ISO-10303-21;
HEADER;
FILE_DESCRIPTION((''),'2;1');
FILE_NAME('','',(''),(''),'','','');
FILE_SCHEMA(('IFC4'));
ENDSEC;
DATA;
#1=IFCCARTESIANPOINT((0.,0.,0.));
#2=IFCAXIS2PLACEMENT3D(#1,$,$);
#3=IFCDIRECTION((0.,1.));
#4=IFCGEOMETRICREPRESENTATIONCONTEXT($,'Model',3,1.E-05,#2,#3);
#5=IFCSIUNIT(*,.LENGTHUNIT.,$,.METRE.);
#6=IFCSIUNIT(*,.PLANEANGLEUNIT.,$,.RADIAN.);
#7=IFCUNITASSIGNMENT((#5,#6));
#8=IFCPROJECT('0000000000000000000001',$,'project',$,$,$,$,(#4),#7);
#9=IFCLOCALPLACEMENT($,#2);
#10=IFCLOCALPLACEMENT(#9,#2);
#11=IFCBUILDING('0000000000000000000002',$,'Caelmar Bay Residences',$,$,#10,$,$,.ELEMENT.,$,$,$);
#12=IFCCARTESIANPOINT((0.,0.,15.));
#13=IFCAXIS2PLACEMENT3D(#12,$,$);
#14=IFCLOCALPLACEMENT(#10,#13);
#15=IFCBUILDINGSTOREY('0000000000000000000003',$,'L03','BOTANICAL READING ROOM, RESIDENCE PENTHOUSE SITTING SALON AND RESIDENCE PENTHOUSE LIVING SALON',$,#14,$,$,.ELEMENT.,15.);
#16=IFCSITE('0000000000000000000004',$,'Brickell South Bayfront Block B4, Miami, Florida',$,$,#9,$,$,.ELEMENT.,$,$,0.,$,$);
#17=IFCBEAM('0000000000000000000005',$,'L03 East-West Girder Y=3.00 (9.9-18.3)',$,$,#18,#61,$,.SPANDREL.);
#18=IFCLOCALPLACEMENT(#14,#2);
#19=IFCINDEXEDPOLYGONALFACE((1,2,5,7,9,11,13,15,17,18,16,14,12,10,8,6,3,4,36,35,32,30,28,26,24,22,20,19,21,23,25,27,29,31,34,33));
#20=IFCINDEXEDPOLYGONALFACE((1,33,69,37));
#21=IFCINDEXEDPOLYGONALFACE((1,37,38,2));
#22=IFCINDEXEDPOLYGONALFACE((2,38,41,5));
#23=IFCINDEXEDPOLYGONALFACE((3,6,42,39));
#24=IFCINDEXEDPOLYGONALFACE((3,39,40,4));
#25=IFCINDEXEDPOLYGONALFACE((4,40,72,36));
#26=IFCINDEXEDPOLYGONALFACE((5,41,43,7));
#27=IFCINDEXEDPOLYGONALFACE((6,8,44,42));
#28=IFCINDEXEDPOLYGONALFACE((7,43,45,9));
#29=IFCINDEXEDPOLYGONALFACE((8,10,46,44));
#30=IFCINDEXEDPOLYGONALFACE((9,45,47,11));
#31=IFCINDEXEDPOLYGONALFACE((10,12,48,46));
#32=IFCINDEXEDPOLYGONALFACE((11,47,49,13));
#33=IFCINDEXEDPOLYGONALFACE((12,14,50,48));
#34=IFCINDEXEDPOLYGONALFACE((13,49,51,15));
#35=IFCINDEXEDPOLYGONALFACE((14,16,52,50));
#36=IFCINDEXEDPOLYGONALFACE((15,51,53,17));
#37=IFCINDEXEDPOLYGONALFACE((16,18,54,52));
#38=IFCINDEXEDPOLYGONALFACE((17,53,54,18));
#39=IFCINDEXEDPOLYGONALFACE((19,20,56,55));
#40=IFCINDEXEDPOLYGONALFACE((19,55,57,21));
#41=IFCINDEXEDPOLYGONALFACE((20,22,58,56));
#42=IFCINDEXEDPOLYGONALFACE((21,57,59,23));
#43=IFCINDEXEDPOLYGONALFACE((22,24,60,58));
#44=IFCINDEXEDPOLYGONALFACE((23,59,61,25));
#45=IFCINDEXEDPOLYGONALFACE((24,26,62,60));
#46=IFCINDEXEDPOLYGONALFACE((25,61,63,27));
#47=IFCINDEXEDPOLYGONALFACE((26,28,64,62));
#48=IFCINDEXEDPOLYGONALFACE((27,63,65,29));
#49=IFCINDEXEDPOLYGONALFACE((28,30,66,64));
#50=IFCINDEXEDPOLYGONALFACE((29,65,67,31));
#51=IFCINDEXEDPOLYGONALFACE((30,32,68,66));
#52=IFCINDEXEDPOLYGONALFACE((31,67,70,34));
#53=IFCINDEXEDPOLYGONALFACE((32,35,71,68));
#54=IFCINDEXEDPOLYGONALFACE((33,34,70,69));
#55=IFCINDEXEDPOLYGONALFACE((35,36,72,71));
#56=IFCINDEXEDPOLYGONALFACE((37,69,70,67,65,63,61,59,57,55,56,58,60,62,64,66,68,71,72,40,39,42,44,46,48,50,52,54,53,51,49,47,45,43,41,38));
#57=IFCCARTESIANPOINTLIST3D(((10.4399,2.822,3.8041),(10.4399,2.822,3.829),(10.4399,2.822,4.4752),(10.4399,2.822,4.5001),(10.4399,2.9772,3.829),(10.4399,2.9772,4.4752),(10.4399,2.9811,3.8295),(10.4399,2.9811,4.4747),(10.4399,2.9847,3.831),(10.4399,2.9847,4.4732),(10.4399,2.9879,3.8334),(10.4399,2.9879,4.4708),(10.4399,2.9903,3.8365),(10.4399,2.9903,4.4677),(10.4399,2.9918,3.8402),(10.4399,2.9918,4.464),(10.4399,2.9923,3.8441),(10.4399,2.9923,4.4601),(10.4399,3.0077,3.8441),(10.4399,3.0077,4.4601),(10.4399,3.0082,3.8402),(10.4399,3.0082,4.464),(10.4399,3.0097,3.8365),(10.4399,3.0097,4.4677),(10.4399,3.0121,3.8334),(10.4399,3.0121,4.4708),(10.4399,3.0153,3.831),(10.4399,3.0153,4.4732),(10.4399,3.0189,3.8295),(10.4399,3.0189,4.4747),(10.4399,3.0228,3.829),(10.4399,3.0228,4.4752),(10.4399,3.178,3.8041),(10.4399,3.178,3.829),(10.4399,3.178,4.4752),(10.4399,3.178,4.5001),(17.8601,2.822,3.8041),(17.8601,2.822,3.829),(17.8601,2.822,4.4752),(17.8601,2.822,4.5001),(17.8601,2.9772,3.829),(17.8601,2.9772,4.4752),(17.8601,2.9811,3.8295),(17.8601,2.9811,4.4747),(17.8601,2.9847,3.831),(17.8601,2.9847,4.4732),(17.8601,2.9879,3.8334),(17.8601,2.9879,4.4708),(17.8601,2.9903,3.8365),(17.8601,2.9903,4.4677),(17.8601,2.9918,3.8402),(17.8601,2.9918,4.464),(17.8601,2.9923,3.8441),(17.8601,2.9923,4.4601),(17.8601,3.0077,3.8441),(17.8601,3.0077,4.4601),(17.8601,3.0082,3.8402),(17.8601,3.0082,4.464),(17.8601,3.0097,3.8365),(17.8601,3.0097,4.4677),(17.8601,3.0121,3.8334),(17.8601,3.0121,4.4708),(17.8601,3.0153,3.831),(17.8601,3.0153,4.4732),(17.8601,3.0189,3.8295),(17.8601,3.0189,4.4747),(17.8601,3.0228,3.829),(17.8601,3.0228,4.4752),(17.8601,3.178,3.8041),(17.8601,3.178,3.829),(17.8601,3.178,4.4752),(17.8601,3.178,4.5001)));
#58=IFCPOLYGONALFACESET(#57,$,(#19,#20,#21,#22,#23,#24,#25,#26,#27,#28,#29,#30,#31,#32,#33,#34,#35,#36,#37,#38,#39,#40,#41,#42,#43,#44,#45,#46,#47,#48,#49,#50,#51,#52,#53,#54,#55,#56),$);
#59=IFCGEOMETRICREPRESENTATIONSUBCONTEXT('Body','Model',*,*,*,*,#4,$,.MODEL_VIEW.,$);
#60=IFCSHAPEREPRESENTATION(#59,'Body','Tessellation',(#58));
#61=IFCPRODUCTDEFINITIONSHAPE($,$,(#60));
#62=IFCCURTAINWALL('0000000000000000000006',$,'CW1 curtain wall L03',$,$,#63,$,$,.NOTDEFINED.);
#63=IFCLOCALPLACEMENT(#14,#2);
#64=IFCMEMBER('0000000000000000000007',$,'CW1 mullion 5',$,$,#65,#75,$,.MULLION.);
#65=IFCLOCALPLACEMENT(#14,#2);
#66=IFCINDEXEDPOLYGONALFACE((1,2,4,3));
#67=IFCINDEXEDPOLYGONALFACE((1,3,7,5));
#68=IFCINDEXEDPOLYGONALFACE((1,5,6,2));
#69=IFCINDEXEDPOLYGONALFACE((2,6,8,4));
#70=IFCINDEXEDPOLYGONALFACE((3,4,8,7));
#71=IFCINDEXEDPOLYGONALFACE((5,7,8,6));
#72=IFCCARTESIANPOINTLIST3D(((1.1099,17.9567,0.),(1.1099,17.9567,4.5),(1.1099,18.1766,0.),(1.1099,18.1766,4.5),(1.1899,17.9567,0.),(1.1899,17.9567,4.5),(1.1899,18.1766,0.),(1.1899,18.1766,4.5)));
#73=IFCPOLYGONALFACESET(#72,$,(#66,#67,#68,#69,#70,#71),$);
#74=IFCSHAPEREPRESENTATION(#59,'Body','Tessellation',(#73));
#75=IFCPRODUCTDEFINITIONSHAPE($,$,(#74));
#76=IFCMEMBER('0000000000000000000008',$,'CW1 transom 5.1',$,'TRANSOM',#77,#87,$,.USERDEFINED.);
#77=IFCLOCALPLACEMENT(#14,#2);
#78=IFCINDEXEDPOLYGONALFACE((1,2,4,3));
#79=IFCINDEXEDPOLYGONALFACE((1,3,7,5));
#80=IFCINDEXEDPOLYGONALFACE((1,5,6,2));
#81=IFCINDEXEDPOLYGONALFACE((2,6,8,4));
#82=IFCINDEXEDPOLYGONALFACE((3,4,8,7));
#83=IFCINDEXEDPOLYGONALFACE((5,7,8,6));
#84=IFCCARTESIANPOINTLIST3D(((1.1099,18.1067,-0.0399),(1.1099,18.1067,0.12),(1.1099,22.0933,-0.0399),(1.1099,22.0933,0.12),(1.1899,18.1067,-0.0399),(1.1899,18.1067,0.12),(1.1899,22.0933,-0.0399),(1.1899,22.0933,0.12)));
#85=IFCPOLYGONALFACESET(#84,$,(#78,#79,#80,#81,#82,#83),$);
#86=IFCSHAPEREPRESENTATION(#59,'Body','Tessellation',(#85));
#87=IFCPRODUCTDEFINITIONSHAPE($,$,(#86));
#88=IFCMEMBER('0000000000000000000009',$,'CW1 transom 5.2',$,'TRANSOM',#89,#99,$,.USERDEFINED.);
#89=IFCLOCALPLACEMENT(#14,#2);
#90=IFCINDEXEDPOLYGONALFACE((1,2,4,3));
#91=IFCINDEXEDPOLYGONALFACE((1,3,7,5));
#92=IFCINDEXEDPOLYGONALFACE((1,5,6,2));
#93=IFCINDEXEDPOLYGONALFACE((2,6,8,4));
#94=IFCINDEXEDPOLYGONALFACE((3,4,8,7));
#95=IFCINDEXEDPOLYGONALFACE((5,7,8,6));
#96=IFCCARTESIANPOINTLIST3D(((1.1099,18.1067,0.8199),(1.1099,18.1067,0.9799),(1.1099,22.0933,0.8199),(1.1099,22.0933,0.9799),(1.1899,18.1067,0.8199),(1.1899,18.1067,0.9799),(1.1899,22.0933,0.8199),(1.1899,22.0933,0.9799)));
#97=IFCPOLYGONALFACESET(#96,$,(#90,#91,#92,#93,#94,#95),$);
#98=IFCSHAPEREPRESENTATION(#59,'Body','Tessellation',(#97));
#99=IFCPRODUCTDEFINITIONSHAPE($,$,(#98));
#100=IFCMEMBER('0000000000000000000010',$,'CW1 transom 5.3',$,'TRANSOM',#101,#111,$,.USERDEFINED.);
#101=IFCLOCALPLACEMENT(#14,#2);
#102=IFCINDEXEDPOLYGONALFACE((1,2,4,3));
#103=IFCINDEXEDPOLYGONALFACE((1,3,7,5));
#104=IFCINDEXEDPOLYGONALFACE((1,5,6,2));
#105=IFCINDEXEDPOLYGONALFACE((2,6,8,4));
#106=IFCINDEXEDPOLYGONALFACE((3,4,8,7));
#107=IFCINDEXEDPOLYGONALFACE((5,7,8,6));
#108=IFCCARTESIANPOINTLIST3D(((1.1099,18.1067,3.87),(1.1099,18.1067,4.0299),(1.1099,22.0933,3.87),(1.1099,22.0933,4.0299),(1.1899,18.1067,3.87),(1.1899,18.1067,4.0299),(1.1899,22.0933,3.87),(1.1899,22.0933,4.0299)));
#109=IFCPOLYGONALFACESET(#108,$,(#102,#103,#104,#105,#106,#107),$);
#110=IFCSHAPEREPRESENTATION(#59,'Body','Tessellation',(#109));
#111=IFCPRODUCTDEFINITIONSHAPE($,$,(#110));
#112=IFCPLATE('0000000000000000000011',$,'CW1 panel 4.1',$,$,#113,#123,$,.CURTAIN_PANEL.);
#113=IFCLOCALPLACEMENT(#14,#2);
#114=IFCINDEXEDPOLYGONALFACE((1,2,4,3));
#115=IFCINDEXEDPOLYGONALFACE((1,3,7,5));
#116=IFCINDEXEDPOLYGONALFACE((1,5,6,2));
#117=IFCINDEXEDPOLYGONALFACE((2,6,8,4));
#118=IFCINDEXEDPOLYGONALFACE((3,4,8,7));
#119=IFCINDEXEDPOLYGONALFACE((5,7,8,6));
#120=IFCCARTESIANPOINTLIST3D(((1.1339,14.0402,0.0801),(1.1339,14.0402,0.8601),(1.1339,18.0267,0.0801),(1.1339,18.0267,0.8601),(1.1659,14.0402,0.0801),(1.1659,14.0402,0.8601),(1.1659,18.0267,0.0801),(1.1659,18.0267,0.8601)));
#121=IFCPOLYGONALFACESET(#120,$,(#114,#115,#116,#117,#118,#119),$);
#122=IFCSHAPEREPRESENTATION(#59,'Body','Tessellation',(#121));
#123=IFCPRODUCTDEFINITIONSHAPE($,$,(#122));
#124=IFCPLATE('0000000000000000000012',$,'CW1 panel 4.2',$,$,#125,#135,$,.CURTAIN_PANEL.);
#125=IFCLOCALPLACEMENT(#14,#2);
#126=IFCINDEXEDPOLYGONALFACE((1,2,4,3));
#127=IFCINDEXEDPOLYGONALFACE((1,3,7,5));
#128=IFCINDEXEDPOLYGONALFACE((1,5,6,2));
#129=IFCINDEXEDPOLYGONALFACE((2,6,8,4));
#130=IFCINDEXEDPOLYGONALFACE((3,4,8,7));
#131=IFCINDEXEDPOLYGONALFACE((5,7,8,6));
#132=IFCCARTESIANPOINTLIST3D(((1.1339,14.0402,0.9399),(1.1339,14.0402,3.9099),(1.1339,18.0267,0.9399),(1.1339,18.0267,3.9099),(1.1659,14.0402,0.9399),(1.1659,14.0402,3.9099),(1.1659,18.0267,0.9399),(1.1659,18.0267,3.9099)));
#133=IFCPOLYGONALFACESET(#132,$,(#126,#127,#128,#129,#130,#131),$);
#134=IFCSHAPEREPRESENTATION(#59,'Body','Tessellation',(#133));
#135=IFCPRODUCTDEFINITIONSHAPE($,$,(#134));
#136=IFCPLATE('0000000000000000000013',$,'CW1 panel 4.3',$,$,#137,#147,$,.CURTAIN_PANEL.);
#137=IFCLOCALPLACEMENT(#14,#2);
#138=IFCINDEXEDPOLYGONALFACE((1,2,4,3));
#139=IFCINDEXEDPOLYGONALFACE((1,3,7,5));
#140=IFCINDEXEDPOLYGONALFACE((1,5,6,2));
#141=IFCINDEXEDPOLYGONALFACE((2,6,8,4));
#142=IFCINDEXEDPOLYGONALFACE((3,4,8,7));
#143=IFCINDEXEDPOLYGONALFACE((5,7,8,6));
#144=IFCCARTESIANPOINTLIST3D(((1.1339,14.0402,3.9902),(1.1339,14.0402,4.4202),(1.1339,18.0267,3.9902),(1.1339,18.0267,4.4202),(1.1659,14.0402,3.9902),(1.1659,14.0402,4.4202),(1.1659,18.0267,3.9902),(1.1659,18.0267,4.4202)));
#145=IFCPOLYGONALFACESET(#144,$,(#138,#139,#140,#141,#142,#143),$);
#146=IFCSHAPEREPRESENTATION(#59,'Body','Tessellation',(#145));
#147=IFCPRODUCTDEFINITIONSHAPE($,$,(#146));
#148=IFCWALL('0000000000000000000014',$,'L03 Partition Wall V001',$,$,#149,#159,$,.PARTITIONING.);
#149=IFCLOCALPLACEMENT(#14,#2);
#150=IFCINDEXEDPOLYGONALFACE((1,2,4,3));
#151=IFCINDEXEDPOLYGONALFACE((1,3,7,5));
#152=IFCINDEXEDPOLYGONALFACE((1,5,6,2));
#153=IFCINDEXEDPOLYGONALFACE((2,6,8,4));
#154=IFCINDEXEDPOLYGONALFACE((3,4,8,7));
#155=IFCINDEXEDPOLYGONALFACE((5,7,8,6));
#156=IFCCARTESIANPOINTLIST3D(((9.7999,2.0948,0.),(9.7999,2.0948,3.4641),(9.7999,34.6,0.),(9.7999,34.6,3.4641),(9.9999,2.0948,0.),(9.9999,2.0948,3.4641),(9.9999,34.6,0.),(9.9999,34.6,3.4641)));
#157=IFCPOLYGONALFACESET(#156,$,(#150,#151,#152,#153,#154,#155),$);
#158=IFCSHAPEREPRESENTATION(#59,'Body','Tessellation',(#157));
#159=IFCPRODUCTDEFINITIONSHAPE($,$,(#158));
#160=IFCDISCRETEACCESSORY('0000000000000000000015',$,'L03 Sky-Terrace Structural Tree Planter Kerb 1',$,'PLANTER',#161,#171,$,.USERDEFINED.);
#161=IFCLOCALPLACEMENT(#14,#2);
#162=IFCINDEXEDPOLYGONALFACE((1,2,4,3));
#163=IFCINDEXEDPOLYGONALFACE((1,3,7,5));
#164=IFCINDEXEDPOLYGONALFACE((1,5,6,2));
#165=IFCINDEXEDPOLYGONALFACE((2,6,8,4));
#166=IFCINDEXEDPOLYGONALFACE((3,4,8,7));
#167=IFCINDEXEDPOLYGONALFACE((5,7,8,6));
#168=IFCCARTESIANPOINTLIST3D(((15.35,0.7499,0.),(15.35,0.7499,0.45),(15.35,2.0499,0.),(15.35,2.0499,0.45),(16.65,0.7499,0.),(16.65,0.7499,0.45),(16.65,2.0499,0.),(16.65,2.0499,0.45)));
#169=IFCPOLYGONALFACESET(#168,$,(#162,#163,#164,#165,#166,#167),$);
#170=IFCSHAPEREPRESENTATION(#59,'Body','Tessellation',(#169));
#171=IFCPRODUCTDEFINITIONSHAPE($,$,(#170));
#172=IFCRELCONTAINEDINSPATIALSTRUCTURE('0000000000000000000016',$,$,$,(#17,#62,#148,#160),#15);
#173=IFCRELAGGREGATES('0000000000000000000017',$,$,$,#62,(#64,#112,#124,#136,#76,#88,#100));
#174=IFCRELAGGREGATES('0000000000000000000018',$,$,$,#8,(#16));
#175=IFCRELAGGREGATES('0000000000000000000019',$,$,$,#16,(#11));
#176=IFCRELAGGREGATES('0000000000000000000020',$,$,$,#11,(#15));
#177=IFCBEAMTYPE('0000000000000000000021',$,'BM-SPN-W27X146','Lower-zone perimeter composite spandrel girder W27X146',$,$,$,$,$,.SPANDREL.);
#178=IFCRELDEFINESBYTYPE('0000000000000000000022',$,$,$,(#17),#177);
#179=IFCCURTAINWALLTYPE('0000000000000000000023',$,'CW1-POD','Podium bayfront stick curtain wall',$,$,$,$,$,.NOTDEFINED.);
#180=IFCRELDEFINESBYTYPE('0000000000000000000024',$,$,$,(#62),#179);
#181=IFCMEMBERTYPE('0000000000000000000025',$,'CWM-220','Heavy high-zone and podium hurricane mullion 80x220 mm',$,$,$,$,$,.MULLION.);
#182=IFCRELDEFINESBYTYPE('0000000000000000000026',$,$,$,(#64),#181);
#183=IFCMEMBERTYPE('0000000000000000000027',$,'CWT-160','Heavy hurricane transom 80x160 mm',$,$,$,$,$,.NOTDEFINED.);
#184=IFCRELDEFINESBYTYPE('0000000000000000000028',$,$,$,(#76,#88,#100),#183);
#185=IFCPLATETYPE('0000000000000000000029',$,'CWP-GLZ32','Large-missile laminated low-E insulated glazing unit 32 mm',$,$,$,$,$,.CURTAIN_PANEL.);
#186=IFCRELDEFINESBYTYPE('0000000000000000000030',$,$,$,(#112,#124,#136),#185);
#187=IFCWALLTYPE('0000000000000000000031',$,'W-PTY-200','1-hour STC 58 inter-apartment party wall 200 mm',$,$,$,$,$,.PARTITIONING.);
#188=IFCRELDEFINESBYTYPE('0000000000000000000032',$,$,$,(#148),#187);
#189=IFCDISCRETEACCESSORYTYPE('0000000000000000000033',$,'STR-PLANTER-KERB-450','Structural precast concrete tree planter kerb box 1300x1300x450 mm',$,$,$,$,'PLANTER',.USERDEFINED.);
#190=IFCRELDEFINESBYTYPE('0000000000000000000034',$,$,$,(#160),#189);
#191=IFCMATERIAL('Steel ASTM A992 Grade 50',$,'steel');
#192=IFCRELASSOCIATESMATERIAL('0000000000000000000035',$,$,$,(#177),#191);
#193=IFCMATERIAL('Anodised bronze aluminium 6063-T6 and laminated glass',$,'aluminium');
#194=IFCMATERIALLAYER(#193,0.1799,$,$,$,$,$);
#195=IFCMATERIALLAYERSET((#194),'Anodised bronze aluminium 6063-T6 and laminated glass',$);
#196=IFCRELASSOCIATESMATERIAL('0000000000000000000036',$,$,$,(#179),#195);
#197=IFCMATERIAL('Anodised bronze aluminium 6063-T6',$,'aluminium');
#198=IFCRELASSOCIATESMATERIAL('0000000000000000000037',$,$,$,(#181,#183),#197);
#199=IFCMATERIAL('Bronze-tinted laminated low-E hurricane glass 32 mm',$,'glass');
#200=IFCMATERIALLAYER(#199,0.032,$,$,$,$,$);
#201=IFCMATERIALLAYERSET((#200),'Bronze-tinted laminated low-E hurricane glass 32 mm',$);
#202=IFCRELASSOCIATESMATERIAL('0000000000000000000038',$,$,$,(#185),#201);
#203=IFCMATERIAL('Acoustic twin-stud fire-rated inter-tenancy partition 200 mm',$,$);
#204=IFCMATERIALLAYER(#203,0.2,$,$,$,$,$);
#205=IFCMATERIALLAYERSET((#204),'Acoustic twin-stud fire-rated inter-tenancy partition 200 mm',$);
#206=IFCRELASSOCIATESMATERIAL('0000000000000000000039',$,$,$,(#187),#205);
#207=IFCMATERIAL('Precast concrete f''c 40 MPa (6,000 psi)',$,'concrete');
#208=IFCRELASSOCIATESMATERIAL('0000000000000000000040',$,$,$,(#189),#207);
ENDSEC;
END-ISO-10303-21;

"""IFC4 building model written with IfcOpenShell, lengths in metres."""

from ifc_helpers import new_model, si_unit, direction, frame, frame_2d, origin, origin_2d, place, context, subcontext, project, spatial, rectangle, i_section, extrude, material, layer, layer_set, material_profile, profile_set, type_object, element, aggregate, save


model = new_model("IFC4")

# Units and contexts
model_context = context("Model", 3, precision=1e-05, world=origin(), true_north=direction((0.0, 1.0)))
body_context = subcontext(model_context, "Body", "Model", "MODEL_VIEW")
ifc_project = project(units=[si_unit("LENGTHUNIT", "METRE"), si_unit("PLANEANGLEUNIT", "RADIAN")], contexts=[model_context])

# Site, building, storey
site_placement = place(None, origin())
site = spatial("IfcSite", under=ifc_project, at=site_placement, Name="Brickell South Bayfront Block B4, Miami, Florida", CompositionType="ELEMENT", RefElevation=0.0)
building_placement = place(site_placement, origin())
building = spatial("IfcBuilding", under=site, at=building_placement, Name="Caelmar Bay Residences", CompositionType="ELEMENT")
storey_placement = place(building_placement, frame((0.0, 0.0, 15.0)))
storey = spatial("IfcBuildingStorey", under=building, at=storey_placement, Name="L03", Description="BOTANICAL READING ROOM, RESIDENCE PENTHOUSE SITTING SALON AND RESIDENCE PENTHOUSE LIVING SALON", CompositionType="ELEMENT", Elevation=15.0)

# Beam
ifc_material_1 = material(Name="Steel ASTM A992 Grade 50", Category="steel")
ifc_material_profile_1 = material_profile(ifc_material_1, i_section(OverallWidth=0.356, OverallDepth=0.696, WebThickness=0.0154, FlangeThickness=0.0249, FilletRadius=0.0151, at=origin_2d()), Name="W27X146")
ifc_profile_set_1 = profile_set([ifc_material_profile_1], Name="Steel ASTM A992 Grade 50")
beam_type_1 = type_object("IfcBeamType", Name="BM-SPN-W27X146", Description="Lower-zone perimeter composite spandrel girder W27X146", PredefinedType="SPANDREL", material=ifc_profile_set_1)
beam_1_placement = place(storey_placement, frame((10.4399, 3.0, 4.1521), z_axis=(1.0, 0.0, 0.0), x_axis=(0.0, 1.0, 0.0)))
element("IfcBeam", 1, at=beam_1_placement, inside=storey, type_object=beam_type_1, Name="L03 East-West Girder Y=3.00 (9.9-18.3)", PredefinedType="SPANDREL", context=body_context, shape_type="SweptSolid", body=[
    extrude(i_section(OverallWidth=0.356, OverallDepth=0.696, WebThickness=0.0154, FlangeThickness=0.0249, FilletRadius=0.0151, at=origin_2d()), origin(), (0.0, 0.0, 1.0), 7.4202),
])

# Curtain wall, members, plates
ifc_material_2 = material(Name="Anodised bronze aluminium 6063-T6 and laminated glass", Category="aluminium")
ifc_layer_1 = layer(ifc_material_2, 0.1799)
ifc_layer_set_1 = layer_set([ifc_layer_1], Name="Anodised bronze aluminium 6063-T6 and laminated glass")
curtain_wall_type = type_object("IfcCurtainWallType", Name="CW1-POD", Description="Podium bayfront stick curtain wall", PredefinedType="NOTDEFINED", material=ifc_layer_set_1)
curtain_wall_placement = place(storey_placement, origin())
curtain_wall = element("IfcCurtainWall", 2, at=curtain_wall_placement, inside=storey, type_object=curtain_wall_type, Name="CW1 curtain wall L03", PredefinedType="NOTDEFINED")
ifc_material_3 = material(Name="Anodised bronze aluminium 6063-T6", Category="aluminium")
ifc_material_profile_2 = material_profile(ifc_material_3, rectangle(XDim=0.0801, YDim=0.22, at=origin_2d()), Name="CWM-80X220")
ifc_profile_set_2 = profile_set([ifc_material_profile_2], Name="Anodised bronze aluminium 6063-T6")
member_type_1 = type_object("IfcMemberType", Name="CWM-220", Description="Heavy high-zone and podium hurricane mullion 80x220 mm", PredefinedType="MULLION", material=ifc_profile_set_2)
member_1_placement = place(storey_placement, frame((1.1499, 18.0667, 0.0), z_axis=(0.0, 0.0, 1.0), x_axis=(-1.0, 0.0, 0.0)))
member_1 = element("IfcMember", 3, at=member_1_placement, type_object=member_type_1, Name="CW1 mullion 5", PredefinedType="MULLION", context=body_context, shape_type="SweptSolid", body=[
    extrude(rectangle(XDim=0.0801, YDim=0.22, at=origin_2d()), origin(), (0.0, 0.0, 1.0), 4.5),
])
ifc_material_profile_3 = material_profile(ifc_material_3, rectangle(XDim=0.0801, YDim=0.1599, at=origin_2d()), Name="CWT-80X160")
ifc_profile_set_3 = profile_set([ifc_material_profile_3], Name="Anodised bronze aluminium 6063-T6")
member_type_2 = type_object("IfcMemberType", Name="CWT-160", Description="Heavy hurricane transom 80x160 mm", PredefinedType="NOTDEFINED", material=ifc_profile_set_3)
member_2_placement = place(storey_placement, frame((1.1499, 18.1067, 0.04), z_axis=(0.0, 1.0, 0.0), x_axis=(-1.0, 0.0, 0.0)))
member_2 = element("IfcMember", 4, at=member_2_placement, type_object=member_type_2, Name="CW1 transom 5.1", ObjectType="TRANSOM", PredefinedType="USERDEFINED", context=body_context, shape_type="SweptSolid", body=[
    extrude(rectangle(XDim=0.0801, YDim=0.1599, at=origin_2d()), origin(), (0.0, 0.0, 1.0), 3.9866),
])
member_3_placement = place(storey_placement, frame((1.1499, 18.1067, 0.8999), z_axis=(0.0, 1.0, 0.0), x_axis=(-1.0, 0.0, 0.0)))
member_3 = element("IfcMember", 5, at=member_3_placement, type_object=member_type_2, Name="CW1 transom 5.2", ObjectType="TRANSOM", PredefinedType="USERDEFINED", context=body_context, shape_type="SweptSolid", body=[
    extrude(rectangle(XDim=0.0801, YDim=0.1599, at=origin_2d()), origin(), (0.0, 0.0, 1.0), 3.9866),
])
member_4_placement = place(storey_placement, frame((1.1499, 18.1067, 3.95), z_axis=(0.0, 1.0, 0.0), x_axis=(-1.0, 0.0, 0.0)))
member_4 = element("IfcMember", 6, at=member_4_placement, type_object=member_type_2, Name="CW1 transom 5.3", ObjectType="TRANSOM", PredefinedType="USERDEFINED", context=body_context, shape_type="SweptSolid", body=[
    extrude(rectangle(XDim=0.0801, YDim=0.1599, at=origin_2d()), origin(), (0.0, 0.0, 1.0), 3.9866),
])
ifc_material_4 = material(Name="Bronze-tinted laminated low-E hurricane glass 32 mm", Category="glass")
ifc_layer_2 = layer(ifc_material_4, 0.032)
ifc_layer_set_2 = layer_set([ifc_layer_2], Name="Bronze-tinted laminated low-E hurricane glass 32 mm")
plate_type = type_object("IfcPlateType", Name="CWP-GLZ32", Description="Large-missile laminated low-E insulated glazing unit 32 mm", PredefinedType="CURTAIN_PANEL", material=ifc_layer_set_2)
plate_1_placement = place(storey_placement, frame((1.1499, 16.0334, 0.0801), z_axis=(0.0, 0.0, 1.0), x_axis=(0.0, 1.0, 0.0)))
plate_1 = element("IfcPlate", 7, at=plate_1_placement, type_object=plate_type, Name="CW1 panel 4.1", PredefinedType="CURTAIN_PANEL", context=body_context, shape_type="SweptSolid", body=[
    extrude(rectangle(XDim=3.9866, YDim=0.032, at=origin_2d()), origin(), (0.0, 0.0, 1.0), 0.78),
])
plate_2_placement = place(storey_placement, frame((1.1499, 16.0334, 0.9399), z_axis=(0.0, 0.0, 1.0), x_axis=(0.0, 1.0, 0.0)))
plate_2 = element("IfcPlate", 8, at=plate_2_placement, type_object=plate_type, Name="CW1 panel 4.2", PredefinedType="CURTAIN_PANEL", context=body_context, shape_type="SweptSolid", body=[
    extrude(rectangle(XDim=3.9866, YDim=0.032, at=origin_2d()), origin(), (0.0, 0.0, 1.0), 2.97),
])
plate_3_placement = place(storey_placement, frame((1.1499, 16.0334, 3.9902), z_axis=(0.0, 0.0, 1.0), x_axis=(0.0, 1.0, 0.0)))
plate_3 = element("IfcPlate", 9, at=plate_3_placement, type_object=plate_type, Name="CW1 panel 4.3", PredefinedType="CURTAIN_PANEL", context=body_context, shape_type="SweptSolid", body=[
    extrude(rectangle(XDim=3.9866, YDim=0.032, at=origin_2d()), origin(), (0.0, 0.0, 1.0), 0.4299),
])
aggregate(curtain_wall, [member_1, plate_1, plate_2, plate_3, member_2, member_3, member_4])

# Wall
ifc_material_5 = material(Name="Acoustic twin-stud fire-rated inter-tenancy partition 200 mm")
ifc_layer_3 = layer(ifc_material_5, 0.2)
ifc_layer_set_3 = layer_set([ifc_layer_3], Name="Acoustic twin-stud fire-rated inter-tenancy partition 200 mm")
wall_type = type_object("IfcWallType", Name="W-PTY-200", Description="1-hour STC 58 inter-apartment party wall 200 mm", PredefinedType="PARTITIONING", material=ifc_layer_set_3)
wall_placement = place(storey_placement, frame((9.8999, 2.095, 0.0), z_axis=(0.0, 0.0, 1.0), x_axis=(0.0, 1.0, 0.0)))
element("IfcWall", 10, at=wall_placement, inside=storey, type_object=wall_type, Name="L03 Partition Wall V001", PredefinedType="PARTITIONING", context=body_context, shape_type="SweptSolid", body=[
    extrude(rectangle(XDim=32.5051, YDim=0.2, at=frame_2d((16.2524, 0.0))), origin(), (0.0, 0.0, 1.0), 3.4641),
])

# Discrete accessory
ifc_material_6 = material(Name="Precast concrete f'c 40 MPa (6,000 psi)", Category="concrete")
discrete_accessory_type = type_object("IfcDiscreteAccessoryType", Name="STR-PLANTER-KERB-450", Description="Structural precast concrete tree planter kerb box 1300x1300x450 mm", ElementType="PLANTER", PredefinedType="USERDEFINED", material=ifc_material_6)
discrete_accessory_placement = place(storey_placement, frame((16.0, 1.3999, 0.0), z_axis=(0.0, 0.0, 1.0), x_axis=(1.0, 0.0, 0.0)))
element("IfcDiscreteAccessory", 11, at=discrete_accessory_placement, inside=storey, type_object=discrete_accessory_type, Name="L03 Sky-Terrace Structural Tree Planter Kerb 1", ObjectType="PLANTER", PredefinedType="USERDEFINED", context=body_context, shape_type="SweptSolid", body=[
    extrude(rectangle(XDim=1.3, YDim=1.3, at=origin_2d()), origin(), (0.0, 0.0, 1.0), 0.45),
])

save(model, "model.ifc")
